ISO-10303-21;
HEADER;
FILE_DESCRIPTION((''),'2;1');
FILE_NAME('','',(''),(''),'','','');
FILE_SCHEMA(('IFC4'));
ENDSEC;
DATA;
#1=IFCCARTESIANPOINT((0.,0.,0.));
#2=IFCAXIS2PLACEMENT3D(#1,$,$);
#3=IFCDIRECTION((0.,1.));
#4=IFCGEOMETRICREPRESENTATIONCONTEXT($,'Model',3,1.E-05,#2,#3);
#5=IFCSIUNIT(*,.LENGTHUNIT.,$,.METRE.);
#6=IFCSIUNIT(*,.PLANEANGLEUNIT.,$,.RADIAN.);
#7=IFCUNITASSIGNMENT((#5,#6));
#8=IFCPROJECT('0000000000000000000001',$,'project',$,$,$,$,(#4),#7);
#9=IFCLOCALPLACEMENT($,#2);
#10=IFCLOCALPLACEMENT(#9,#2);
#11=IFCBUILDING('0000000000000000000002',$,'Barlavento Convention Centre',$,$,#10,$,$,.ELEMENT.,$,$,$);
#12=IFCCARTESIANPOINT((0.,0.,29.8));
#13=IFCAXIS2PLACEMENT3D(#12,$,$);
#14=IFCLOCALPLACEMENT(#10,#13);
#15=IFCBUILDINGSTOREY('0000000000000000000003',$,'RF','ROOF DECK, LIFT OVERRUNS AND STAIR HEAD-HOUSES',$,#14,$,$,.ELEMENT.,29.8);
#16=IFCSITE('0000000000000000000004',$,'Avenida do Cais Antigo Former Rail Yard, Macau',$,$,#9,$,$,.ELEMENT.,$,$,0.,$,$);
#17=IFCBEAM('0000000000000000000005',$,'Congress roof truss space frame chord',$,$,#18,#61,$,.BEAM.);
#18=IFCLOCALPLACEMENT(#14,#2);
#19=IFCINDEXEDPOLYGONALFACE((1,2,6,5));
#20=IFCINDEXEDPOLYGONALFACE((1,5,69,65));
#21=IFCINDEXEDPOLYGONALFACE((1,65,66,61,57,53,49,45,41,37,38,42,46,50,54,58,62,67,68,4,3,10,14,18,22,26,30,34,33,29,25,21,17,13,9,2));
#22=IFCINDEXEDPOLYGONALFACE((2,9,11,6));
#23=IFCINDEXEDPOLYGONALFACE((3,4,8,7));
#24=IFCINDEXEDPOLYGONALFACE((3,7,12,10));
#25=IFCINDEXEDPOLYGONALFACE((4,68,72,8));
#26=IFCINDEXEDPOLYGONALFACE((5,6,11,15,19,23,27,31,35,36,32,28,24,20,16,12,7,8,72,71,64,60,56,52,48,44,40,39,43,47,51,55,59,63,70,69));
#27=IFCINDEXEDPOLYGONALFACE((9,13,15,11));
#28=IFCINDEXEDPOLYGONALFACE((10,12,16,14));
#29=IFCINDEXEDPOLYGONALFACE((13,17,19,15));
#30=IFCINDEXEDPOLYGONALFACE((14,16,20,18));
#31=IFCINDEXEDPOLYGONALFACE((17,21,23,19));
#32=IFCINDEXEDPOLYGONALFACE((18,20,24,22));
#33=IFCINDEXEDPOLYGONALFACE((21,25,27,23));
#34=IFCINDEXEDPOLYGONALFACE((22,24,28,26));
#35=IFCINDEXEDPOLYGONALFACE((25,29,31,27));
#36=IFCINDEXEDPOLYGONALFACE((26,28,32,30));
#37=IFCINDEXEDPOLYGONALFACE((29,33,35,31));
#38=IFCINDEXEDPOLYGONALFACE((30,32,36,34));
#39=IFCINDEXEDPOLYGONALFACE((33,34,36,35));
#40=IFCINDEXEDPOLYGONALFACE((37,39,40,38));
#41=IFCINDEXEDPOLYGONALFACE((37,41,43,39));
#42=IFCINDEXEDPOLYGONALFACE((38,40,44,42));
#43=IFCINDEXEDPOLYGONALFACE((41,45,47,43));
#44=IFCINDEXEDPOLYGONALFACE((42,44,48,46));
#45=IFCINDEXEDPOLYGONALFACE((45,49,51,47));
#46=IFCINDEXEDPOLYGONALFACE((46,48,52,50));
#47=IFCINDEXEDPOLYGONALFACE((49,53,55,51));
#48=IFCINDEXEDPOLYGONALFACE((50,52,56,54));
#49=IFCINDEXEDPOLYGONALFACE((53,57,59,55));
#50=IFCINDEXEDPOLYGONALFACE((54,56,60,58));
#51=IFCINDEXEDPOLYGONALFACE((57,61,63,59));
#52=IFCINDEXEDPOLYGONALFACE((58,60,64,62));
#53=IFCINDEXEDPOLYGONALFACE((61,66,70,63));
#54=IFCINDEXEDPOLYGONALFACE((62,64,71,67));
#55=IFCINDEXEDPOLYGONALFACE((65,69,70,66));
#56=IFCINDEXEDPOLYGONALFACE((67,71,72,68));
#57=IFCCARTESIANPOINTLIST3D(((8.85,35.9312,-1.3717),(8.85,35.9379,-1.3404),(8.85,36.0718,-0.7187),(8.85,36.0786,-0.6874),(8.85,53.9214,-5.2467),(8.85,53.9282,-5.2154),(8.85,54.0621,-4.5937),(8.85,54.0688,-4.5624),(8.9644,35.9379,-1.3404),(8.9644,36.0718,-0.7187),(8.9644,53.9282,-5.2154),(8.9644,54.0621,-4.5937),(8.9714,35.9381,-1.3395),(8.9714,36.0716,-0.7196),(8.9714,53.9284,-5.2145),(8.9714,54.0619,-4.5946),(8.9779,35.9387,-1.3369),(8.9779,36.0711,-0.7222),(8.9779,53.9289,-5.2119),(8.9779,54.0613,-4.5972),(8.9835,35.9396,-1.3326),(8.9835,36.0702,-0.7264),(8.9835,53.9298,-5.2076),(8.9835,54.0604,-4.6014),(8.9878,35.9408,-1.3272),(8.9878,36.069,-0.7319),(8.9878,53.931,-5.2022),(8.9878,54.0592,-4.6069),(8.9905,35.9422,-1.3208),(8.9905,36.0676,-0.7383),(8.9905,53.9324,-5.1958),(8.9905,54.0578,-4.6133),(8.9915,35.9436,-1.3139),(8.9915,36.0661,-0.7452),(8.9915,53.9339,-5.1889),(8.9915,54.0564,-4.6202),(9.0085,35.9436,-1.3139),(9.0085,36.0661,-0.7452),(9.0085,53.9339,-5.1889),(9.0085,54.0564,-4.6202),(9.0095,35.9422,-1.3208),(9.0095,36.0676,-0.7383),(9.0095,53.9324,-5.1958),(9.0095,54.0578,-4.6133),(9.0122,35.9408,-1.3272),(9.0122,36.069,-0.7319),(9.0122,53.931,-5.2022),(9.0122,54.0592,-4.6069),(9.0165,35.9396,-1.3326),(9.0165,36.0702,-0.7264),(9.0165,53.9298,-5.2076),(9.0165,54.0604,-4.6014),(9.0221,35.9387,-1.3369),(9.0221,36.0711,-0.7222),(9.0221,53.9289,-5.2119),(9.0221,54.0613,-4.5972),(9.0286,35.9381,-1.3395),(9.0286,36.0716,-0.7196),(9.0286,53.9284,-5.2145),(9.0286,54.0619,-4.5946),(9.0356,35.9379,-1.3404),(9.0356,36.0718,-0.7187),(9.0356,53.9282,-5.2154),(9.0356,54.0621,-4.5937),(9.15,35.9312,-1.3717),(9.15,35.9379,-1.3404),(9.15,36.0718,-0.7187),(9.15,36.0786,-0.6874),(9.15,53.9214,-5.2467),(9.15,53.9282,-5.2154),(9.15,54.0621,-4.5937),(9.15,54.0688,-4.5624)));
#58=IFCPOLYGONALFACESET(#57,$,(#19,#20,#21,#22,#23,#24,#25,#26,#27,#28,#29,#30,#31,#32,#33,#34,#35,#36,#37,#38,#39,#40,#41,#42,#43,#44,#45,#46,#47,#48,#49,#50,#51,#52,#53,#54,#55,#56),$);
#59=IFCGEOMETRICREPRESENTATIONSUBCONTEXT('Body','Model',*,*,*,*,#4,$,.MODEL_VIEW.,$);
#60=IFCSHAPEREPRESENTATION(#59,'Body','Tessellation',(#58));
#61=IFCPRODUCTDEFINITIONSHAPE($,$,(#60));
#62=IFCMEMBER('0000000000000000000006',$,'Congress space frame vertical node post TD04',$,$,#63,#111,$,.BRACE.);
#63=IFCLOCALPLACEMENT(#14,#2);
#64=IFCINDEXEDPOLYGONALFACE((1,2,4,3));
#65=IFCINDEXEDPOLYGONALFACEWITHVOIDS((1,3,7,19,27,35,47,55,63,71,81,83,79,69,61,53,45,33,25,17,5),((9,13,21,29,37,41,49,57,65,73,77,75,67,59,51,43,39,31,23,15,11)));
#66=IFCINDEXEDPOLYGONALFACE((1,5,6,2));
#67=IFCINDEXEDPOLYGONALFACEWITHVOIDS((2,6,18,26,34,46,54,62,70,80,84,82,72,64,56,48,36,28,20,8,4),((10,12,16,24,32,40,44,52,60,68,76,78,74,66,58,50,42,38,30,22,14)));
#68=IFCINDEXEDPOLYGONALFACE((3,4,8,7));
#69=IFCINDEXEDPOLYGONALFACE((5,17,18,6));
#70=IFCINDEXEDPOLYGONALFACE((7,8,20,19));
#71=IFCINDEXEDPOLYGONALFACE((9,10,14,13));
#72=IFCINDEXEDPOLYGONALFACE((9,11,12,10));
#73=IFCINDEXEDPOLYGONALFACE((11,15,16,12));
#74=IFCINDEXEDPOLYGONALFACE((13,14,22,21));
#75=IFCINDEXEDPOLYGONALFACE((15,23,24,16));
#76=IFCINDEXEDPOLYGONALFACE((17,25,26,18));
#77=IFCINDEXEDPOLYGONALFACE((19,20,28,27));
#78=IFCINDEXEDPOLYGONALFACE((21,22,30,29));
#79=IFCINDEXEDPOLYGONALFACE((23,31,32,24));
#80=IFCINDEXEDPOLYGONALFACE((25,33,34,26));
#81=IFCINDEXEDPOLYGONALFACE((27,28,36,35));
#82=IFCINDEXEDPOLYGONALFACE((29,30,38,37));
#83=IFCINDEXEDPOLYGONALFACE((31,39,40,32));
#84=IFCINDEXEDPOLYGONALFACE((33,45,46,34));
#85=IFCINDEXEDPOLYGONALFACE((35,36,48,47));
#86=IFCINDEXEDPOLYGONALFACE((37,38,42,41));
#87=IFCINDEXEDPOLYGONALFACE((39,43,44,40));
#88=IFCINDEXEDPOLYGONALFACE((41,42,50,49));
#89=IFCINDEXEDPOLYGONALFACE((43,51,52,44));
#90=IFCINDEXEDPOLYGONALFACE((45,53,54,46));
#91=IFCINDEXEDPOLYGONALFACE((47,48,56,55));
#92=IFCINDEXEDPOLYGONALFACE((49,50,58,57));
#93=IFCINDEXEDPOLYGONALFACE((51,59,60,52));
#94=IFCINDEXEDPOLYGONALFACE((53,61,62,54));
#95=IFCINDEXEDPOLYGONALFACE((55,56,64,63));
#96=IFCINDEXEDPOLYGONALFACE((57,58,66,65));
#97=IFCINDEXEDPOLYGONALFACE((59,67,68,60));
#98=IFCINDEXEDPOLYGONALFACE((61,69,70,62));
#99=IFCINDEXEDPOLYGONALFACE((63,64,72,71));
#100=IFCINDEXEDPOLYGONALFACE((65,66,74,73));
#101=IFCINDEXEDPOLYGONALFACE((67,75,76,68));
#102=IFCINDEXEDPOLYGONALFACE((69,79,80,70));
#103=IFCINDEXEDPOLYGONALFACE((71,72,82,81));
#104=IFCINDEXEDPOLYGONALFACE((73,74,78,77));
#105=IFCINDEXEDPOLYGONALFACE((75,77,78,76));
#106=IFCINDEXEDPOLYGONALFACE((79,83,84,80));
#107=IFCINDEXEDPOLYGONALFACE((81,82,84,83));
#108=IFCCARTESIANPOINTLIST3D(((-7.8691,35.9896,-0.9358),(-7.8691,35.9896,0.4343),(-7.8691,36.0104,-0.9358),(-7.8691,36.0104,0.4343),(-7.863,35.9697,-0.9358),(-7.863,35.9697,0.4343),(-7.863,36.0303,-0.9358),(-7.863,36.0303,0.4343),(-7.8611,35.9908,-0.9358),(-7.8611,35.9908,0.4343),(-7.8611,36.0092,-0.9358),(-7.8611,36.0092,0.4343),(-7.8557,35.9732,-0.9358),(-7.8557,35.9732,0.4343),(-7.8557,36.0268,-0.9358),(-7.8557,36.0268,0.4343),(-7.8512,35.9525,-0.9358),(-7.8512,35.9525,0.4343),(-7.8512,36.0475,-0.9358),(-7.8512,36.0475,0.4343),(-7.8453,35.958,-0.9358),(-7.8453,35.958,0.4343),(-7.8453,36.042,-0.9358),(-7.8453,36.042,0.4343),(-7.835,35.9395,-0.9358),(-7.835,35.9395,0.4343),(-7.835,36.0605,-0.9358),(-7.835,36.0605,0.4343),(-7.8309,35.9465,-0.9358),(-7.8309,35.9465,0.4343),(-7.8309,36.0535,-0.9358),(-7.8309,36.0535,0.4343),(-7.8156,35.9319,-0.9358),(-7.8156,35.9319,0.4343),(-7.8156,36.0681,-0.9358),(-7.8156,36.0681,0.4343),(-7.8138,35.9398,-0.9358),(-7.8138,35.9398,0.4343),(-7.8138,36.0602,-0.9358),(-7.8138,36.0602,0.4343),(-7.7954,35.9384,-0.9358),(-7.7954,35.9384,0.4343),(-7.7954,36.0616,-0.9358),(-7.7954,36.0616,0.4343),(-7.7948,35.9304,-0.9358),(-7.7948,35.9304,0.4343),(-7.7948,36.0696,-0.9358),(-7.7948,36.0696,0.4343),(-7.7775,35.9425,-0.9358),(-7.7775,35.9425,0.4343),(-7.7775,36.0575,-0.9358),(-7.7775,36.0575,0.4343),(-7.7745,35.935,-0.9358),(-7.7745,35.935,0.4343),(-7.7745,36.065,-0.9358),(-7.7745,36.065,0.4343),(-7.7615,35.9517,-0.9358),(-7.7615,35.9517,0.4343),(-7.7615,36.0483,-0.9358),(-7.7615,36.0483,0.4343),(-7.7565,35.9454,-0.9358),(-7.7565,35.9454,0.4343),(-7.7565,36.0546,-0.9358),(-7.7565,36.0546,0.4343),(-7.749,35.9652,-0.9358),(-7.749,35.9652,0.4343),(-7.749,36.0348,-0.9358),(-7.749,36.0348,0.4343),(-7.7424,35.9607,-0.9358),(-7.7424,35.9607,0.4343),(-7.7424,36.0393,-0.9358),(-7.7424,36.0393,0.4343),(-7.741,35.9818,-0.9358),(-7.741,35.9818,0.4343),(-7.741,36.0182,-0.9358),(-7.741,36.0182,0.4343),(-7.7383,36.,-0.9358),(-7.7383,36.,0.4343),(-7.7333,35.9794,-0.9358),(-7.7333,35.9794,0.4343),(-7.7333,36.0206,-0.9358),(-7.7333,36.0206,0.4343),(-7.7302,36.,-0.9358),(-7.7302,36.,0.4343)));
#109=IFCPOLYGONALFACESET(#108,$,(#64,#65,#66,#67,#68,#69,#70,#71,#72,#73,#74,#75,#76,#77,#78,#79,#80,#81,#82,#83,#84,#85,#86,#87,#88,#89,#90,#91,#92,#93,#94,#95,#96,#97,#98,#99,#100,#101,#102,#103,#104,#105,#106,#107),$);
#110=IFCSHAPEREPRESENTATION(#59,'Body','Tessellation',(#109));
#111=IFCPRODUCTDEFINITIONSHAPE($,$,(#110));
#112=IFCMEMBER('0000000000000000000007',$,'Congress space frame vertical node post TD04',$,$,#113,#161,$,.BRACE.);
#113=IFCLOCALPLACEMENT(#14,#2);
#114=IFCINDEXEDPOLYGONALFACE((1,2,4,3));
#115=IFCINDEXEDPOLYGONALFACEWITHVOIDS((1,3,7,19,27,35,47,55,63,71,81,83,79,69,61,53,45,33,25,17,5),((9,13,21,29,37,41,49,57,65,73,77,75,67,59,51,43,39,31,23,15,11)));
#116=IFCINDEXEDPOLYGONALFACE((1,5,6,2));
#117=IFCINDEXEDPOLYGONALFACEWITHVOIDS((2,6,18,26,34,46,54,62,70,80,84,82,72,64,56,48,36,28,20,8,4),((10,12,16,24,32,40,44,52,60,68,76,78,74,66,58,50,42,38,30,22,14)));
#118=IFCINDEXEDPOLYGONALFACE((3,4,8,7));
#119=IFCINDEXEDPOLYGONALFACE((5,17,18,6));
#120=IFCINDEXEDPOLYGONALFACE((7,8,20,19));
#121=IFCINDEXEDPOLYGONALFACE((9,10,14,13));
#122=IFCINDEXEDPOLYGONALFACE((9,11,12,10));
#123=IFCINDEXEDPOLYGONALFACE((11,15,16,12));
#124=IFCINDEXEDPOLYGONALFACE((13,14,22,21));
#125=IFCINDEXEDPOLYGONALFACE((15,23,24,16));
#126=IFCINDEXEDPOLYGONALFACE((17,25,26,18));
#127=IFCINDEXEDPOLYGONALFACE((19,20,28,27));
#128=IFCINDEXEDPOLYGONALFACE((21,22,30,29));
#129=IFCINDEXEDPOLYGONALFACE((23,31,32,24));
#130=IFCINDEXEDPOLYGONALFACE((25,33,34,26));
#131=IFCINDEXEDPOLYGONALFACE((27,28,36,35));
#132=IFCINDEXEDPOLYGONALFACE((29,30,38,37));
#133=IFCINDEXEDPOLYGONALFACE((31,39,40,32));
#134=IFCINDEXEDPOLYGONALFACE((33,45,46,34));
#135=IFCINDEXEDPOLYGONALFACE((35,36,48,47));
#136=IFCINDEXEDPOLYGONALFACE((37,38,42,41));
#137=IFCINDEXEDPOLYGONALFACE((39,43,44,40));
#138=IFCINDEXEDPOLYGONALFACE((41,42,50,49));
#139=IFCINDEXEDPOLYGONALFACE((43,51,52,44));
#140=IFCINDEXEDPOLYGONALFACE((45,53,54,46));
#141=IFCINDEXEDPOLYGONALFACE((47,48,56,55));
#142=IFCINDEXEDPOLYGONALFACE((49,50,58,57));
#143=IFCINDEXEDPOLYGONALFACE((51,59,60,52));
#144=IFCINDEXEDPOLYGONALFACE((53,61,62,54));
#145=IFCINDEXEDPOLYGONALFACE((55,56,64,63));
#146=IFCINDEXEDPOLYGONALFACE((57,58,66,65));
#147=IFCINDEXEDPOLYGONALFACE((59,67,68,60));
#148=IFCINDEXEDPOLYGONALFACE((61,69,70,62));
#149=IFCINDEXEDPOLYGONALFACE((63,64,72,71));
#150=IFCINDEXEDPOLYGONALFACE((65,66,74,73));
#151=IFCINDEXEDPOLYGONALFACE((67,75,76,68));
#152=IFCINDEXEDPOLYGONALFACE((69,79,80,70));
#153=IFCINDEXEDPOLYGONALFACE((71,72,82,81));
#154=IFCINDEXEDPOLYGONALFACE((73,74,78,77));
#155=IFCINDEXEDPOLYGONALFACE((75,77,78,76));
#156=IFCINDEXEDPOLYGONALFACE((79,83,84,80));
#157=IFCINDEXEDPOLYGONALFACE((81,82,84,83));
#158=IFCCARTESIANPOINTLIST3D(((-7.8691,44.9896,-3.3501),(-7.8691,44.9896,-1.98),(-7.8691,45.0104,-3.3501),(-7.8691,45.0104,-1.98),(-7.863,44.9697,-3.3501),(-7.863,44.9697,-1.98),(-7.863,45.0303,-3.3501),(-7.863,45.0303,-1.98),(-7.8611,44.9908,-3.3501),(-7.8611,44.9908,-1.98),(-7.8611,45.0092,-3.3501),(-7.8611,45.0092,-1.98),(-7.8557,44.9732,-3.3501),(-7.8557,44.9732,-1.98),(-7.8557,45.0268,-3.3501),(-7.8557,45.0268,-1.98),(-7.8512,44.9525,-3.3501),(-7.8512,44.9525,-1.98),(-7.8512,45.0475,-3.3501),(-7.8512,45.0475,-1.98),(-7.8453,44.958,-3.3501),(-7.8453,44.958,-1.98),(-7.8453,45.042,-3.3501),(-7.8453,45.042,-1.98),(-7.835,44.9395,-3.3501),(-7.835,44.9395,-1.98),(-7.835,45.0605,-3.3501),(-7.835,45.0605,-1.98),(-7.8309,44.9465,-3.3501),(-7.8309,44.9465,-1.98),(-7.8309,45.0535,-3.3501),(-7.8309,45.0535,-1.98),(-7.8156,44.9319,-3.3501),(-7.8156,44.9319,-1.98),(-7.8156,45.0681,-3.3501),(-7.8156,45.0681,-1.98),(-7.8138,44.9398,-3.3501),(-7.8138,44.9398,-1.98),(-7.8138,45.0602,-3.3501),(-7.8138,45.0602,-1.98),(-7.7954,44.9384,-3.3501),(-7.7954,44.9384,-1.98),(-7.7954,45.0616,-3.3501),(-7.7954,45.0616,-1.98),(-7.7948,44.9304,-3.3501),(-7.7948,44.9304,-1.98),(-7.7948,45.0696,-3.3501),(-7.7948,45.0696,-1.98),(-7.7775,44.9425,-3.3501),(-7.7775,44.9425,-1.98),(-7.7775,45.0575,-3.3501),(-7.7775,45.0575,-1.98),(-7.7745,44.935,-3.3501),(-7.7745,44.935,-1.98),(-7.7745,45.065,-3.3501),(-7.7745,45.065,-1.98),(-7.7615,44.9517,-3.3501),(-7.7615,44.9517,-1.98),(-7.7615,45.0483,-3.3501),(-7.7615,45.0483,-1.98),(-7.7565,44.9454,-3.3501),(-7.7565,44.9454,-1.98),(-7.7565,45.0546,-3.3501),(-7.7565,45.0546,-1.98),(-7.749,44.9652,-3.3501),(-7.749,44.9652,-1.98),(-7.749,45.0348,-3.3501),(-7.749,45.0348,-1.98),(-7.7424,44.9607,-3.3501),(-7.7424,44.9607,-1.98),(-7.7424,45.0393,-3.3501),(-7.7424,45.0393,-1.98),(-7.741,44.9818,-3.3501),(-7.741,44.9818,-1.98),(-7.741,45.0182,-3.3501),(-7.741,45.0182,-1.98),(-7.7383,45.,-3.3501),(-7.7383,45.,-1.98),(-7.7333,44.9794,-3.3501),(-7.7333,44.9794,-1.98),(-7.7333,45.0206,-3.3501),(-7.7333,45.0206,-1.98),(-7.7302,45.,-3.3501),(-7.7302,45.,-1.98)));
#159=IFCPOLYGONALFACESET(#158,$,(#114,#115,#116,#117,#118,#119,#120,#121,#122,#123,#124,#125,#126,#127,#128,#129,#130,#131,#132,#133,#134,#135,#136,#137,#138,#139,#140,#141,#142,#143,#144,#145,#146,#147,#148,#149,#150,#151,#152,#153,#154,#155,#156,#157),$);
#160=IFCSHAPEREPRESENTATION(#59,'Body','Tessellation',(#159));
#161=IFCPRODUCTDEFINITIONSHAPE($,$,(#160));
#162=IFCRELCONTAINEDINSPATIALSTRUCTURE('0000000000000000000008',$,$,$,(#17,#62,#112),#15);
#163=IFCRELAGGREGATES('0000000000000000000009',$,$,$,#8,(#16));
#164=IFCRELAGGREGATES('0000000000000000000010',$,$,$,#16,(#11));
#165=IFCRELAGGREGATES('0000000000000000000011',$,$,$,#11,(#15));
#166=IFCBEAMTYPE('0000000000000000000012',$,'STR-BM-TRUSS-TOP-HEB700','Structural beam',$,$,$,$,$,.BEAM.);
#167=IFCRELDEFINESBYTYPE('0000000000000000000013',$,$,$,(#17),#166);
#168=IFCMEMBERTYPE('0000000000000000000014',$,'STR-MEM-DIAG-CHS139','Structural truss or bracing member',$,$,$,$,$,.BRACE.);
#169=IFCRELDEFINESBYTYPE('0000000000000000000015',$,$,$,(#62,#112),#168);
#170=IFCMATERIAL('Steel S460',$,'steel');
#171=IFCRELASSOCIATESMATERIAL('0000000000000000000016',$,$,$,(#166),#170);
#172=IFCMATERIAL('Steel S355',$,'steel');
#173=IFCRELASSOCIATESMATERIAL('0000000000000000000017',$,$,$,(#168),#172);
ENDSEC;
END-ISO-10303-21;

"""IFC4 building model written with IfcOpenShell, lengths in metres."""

from ifc_helpers import new_model, si_unit, direction, frame, origin, origin_2d, place, context, subcontext, project, spatial, hollow_circle, i_section, extrude, material, material_profile, profile_set, type_object, element, save


model = new_model("IFC4")

# Units and contexts
model_context = context("Model", 3, precision=1e-05, world=origin(), true_north=direction((0.0, 1.0)))
body_context = subcontext(model_context, "Body", "Model", "MODEL_VIEW")
ifc_project = project(units=[si_unit("LENGTHUNIT", "METRE"), si_unit("PLANEANGLEUNIT", "RADIAN")], contexts=[model_context])

# Site, building, storey
site_placement = place(None, origin())
site = spatial("IfcSite", under=ifc_project, at=site_placement, Name="Avenida do Cais Antigo Former Rail Yard, Macau", CompositionType="ELEMENT", RefElevation=0.0)
building_placement = place(site_placement, origin())
building = spatial("IfcBuilding", under=site, at=building_placement, Name="Barlavento Convention Centre", CompositionType="ELEMENT")
storey_placement = place(building_placement, frame((0.0, 0.0, 29.8)))
storey = spatial("IfcBuildingStorey", under=building, at=storey_placement, Name="RF", Description="ROOF DECK, LIFT OVERRUNS AND STAIR HEAD-HOUSES", CompositionType="ELEMENT", Elevation=29.8)

# Beam
ifc_material_1 = material(Name="Steel S355", Category="steel")
ifc_material_2 = material(Name="Steel S460", Category="steel")
ifc_material_profile_1 = material_profile(ifc_material_2, i_section(OverallWidth=0.3, OverallDepth=0.7, WebThickness=0.0171, FlangeThickness=0.032, FilletRadius=0.0271, at=origin_2d()), Name="HEB 700")
ifc_profile_set_1 = profile_set([ifc_material_profile_1], Name="Steel S460")
beam_type_1 = type_object("IfcBeamType", Name="STR-BM-TRUSS-TOP-HEB700", Description="Structural beam", PredefinedType="BEAM", material=ifc_profile_set_1)
beam_1_placement = place(storey_placement, frame((9.0, 36.0049, -1.0295), z_axis=(0.0, 0.97758, -0.210565), x_axis=(-1.0, 0.0, 0.0)))
element("IfcBeam", 1, at=beam_1_placement, inside=storey, type_object=beam_type_1, Name="Congress roof truss space frame chord", PredefinedType="BEAM", context=body_context, shape_type="SweptSolid", body=[
    extrude(i_section(OverallWidth=0.3, OverallDepth=0.7, WebThickness=0.0171, FlangeThickness=0.032, FilletRadius=0.0271, at=origin_2d()), origin(), (0.0, 0.0, 1.0), 18.4028),
])

# Members
ifc_material_profile_2 = material_profile(ifc_material_1, hollow_circle(Radius=0.0698, WallThickness=0.0081, at=origin_2d()), Name="CHS 139.7x8.0")
ifc_profile_set_2 = profile_set([ifc_material_profile_2], Name="Steel S355")
member_type_1 = type_object("IfcMemberType", Name="STR-MEM-DIAG-CHS139", Description="Structural truss or bracing member", PredefinedType="BRACE", material=ifc_profile_set_2)
for number, where, z_axis, x_axis, name in (
    (2, (-7.8, 36.0, -0.9358), (0.0, 0.0, 1.0), (1.0, 0.0, 0.0), "Congress space frame vertical node post TD04"),
    (3, (-7.8, 45.0, -3.3501), (0.0, 0.0, 1.0), (1.0, 0.0, 0.0), "Congress space frame vertical node post TD04"),
):
    element("IfcMember", number, at=place(storey_placement, frame(where, z_axis=z_axis, x_axis=x_axis)), inside=storey, type_object=member_type_1, Name=name, PredefinedType="BRACE", context=body_context, shape_type="SweptSolid", body=[
        extrude(hollow_circle(Radius=0.0698, WallThickness=0.0081, at=origin_2d()), origin(), (0.0, 0.0, 1.0), 1.3701),
    ])

save(model, "model.ifc")
